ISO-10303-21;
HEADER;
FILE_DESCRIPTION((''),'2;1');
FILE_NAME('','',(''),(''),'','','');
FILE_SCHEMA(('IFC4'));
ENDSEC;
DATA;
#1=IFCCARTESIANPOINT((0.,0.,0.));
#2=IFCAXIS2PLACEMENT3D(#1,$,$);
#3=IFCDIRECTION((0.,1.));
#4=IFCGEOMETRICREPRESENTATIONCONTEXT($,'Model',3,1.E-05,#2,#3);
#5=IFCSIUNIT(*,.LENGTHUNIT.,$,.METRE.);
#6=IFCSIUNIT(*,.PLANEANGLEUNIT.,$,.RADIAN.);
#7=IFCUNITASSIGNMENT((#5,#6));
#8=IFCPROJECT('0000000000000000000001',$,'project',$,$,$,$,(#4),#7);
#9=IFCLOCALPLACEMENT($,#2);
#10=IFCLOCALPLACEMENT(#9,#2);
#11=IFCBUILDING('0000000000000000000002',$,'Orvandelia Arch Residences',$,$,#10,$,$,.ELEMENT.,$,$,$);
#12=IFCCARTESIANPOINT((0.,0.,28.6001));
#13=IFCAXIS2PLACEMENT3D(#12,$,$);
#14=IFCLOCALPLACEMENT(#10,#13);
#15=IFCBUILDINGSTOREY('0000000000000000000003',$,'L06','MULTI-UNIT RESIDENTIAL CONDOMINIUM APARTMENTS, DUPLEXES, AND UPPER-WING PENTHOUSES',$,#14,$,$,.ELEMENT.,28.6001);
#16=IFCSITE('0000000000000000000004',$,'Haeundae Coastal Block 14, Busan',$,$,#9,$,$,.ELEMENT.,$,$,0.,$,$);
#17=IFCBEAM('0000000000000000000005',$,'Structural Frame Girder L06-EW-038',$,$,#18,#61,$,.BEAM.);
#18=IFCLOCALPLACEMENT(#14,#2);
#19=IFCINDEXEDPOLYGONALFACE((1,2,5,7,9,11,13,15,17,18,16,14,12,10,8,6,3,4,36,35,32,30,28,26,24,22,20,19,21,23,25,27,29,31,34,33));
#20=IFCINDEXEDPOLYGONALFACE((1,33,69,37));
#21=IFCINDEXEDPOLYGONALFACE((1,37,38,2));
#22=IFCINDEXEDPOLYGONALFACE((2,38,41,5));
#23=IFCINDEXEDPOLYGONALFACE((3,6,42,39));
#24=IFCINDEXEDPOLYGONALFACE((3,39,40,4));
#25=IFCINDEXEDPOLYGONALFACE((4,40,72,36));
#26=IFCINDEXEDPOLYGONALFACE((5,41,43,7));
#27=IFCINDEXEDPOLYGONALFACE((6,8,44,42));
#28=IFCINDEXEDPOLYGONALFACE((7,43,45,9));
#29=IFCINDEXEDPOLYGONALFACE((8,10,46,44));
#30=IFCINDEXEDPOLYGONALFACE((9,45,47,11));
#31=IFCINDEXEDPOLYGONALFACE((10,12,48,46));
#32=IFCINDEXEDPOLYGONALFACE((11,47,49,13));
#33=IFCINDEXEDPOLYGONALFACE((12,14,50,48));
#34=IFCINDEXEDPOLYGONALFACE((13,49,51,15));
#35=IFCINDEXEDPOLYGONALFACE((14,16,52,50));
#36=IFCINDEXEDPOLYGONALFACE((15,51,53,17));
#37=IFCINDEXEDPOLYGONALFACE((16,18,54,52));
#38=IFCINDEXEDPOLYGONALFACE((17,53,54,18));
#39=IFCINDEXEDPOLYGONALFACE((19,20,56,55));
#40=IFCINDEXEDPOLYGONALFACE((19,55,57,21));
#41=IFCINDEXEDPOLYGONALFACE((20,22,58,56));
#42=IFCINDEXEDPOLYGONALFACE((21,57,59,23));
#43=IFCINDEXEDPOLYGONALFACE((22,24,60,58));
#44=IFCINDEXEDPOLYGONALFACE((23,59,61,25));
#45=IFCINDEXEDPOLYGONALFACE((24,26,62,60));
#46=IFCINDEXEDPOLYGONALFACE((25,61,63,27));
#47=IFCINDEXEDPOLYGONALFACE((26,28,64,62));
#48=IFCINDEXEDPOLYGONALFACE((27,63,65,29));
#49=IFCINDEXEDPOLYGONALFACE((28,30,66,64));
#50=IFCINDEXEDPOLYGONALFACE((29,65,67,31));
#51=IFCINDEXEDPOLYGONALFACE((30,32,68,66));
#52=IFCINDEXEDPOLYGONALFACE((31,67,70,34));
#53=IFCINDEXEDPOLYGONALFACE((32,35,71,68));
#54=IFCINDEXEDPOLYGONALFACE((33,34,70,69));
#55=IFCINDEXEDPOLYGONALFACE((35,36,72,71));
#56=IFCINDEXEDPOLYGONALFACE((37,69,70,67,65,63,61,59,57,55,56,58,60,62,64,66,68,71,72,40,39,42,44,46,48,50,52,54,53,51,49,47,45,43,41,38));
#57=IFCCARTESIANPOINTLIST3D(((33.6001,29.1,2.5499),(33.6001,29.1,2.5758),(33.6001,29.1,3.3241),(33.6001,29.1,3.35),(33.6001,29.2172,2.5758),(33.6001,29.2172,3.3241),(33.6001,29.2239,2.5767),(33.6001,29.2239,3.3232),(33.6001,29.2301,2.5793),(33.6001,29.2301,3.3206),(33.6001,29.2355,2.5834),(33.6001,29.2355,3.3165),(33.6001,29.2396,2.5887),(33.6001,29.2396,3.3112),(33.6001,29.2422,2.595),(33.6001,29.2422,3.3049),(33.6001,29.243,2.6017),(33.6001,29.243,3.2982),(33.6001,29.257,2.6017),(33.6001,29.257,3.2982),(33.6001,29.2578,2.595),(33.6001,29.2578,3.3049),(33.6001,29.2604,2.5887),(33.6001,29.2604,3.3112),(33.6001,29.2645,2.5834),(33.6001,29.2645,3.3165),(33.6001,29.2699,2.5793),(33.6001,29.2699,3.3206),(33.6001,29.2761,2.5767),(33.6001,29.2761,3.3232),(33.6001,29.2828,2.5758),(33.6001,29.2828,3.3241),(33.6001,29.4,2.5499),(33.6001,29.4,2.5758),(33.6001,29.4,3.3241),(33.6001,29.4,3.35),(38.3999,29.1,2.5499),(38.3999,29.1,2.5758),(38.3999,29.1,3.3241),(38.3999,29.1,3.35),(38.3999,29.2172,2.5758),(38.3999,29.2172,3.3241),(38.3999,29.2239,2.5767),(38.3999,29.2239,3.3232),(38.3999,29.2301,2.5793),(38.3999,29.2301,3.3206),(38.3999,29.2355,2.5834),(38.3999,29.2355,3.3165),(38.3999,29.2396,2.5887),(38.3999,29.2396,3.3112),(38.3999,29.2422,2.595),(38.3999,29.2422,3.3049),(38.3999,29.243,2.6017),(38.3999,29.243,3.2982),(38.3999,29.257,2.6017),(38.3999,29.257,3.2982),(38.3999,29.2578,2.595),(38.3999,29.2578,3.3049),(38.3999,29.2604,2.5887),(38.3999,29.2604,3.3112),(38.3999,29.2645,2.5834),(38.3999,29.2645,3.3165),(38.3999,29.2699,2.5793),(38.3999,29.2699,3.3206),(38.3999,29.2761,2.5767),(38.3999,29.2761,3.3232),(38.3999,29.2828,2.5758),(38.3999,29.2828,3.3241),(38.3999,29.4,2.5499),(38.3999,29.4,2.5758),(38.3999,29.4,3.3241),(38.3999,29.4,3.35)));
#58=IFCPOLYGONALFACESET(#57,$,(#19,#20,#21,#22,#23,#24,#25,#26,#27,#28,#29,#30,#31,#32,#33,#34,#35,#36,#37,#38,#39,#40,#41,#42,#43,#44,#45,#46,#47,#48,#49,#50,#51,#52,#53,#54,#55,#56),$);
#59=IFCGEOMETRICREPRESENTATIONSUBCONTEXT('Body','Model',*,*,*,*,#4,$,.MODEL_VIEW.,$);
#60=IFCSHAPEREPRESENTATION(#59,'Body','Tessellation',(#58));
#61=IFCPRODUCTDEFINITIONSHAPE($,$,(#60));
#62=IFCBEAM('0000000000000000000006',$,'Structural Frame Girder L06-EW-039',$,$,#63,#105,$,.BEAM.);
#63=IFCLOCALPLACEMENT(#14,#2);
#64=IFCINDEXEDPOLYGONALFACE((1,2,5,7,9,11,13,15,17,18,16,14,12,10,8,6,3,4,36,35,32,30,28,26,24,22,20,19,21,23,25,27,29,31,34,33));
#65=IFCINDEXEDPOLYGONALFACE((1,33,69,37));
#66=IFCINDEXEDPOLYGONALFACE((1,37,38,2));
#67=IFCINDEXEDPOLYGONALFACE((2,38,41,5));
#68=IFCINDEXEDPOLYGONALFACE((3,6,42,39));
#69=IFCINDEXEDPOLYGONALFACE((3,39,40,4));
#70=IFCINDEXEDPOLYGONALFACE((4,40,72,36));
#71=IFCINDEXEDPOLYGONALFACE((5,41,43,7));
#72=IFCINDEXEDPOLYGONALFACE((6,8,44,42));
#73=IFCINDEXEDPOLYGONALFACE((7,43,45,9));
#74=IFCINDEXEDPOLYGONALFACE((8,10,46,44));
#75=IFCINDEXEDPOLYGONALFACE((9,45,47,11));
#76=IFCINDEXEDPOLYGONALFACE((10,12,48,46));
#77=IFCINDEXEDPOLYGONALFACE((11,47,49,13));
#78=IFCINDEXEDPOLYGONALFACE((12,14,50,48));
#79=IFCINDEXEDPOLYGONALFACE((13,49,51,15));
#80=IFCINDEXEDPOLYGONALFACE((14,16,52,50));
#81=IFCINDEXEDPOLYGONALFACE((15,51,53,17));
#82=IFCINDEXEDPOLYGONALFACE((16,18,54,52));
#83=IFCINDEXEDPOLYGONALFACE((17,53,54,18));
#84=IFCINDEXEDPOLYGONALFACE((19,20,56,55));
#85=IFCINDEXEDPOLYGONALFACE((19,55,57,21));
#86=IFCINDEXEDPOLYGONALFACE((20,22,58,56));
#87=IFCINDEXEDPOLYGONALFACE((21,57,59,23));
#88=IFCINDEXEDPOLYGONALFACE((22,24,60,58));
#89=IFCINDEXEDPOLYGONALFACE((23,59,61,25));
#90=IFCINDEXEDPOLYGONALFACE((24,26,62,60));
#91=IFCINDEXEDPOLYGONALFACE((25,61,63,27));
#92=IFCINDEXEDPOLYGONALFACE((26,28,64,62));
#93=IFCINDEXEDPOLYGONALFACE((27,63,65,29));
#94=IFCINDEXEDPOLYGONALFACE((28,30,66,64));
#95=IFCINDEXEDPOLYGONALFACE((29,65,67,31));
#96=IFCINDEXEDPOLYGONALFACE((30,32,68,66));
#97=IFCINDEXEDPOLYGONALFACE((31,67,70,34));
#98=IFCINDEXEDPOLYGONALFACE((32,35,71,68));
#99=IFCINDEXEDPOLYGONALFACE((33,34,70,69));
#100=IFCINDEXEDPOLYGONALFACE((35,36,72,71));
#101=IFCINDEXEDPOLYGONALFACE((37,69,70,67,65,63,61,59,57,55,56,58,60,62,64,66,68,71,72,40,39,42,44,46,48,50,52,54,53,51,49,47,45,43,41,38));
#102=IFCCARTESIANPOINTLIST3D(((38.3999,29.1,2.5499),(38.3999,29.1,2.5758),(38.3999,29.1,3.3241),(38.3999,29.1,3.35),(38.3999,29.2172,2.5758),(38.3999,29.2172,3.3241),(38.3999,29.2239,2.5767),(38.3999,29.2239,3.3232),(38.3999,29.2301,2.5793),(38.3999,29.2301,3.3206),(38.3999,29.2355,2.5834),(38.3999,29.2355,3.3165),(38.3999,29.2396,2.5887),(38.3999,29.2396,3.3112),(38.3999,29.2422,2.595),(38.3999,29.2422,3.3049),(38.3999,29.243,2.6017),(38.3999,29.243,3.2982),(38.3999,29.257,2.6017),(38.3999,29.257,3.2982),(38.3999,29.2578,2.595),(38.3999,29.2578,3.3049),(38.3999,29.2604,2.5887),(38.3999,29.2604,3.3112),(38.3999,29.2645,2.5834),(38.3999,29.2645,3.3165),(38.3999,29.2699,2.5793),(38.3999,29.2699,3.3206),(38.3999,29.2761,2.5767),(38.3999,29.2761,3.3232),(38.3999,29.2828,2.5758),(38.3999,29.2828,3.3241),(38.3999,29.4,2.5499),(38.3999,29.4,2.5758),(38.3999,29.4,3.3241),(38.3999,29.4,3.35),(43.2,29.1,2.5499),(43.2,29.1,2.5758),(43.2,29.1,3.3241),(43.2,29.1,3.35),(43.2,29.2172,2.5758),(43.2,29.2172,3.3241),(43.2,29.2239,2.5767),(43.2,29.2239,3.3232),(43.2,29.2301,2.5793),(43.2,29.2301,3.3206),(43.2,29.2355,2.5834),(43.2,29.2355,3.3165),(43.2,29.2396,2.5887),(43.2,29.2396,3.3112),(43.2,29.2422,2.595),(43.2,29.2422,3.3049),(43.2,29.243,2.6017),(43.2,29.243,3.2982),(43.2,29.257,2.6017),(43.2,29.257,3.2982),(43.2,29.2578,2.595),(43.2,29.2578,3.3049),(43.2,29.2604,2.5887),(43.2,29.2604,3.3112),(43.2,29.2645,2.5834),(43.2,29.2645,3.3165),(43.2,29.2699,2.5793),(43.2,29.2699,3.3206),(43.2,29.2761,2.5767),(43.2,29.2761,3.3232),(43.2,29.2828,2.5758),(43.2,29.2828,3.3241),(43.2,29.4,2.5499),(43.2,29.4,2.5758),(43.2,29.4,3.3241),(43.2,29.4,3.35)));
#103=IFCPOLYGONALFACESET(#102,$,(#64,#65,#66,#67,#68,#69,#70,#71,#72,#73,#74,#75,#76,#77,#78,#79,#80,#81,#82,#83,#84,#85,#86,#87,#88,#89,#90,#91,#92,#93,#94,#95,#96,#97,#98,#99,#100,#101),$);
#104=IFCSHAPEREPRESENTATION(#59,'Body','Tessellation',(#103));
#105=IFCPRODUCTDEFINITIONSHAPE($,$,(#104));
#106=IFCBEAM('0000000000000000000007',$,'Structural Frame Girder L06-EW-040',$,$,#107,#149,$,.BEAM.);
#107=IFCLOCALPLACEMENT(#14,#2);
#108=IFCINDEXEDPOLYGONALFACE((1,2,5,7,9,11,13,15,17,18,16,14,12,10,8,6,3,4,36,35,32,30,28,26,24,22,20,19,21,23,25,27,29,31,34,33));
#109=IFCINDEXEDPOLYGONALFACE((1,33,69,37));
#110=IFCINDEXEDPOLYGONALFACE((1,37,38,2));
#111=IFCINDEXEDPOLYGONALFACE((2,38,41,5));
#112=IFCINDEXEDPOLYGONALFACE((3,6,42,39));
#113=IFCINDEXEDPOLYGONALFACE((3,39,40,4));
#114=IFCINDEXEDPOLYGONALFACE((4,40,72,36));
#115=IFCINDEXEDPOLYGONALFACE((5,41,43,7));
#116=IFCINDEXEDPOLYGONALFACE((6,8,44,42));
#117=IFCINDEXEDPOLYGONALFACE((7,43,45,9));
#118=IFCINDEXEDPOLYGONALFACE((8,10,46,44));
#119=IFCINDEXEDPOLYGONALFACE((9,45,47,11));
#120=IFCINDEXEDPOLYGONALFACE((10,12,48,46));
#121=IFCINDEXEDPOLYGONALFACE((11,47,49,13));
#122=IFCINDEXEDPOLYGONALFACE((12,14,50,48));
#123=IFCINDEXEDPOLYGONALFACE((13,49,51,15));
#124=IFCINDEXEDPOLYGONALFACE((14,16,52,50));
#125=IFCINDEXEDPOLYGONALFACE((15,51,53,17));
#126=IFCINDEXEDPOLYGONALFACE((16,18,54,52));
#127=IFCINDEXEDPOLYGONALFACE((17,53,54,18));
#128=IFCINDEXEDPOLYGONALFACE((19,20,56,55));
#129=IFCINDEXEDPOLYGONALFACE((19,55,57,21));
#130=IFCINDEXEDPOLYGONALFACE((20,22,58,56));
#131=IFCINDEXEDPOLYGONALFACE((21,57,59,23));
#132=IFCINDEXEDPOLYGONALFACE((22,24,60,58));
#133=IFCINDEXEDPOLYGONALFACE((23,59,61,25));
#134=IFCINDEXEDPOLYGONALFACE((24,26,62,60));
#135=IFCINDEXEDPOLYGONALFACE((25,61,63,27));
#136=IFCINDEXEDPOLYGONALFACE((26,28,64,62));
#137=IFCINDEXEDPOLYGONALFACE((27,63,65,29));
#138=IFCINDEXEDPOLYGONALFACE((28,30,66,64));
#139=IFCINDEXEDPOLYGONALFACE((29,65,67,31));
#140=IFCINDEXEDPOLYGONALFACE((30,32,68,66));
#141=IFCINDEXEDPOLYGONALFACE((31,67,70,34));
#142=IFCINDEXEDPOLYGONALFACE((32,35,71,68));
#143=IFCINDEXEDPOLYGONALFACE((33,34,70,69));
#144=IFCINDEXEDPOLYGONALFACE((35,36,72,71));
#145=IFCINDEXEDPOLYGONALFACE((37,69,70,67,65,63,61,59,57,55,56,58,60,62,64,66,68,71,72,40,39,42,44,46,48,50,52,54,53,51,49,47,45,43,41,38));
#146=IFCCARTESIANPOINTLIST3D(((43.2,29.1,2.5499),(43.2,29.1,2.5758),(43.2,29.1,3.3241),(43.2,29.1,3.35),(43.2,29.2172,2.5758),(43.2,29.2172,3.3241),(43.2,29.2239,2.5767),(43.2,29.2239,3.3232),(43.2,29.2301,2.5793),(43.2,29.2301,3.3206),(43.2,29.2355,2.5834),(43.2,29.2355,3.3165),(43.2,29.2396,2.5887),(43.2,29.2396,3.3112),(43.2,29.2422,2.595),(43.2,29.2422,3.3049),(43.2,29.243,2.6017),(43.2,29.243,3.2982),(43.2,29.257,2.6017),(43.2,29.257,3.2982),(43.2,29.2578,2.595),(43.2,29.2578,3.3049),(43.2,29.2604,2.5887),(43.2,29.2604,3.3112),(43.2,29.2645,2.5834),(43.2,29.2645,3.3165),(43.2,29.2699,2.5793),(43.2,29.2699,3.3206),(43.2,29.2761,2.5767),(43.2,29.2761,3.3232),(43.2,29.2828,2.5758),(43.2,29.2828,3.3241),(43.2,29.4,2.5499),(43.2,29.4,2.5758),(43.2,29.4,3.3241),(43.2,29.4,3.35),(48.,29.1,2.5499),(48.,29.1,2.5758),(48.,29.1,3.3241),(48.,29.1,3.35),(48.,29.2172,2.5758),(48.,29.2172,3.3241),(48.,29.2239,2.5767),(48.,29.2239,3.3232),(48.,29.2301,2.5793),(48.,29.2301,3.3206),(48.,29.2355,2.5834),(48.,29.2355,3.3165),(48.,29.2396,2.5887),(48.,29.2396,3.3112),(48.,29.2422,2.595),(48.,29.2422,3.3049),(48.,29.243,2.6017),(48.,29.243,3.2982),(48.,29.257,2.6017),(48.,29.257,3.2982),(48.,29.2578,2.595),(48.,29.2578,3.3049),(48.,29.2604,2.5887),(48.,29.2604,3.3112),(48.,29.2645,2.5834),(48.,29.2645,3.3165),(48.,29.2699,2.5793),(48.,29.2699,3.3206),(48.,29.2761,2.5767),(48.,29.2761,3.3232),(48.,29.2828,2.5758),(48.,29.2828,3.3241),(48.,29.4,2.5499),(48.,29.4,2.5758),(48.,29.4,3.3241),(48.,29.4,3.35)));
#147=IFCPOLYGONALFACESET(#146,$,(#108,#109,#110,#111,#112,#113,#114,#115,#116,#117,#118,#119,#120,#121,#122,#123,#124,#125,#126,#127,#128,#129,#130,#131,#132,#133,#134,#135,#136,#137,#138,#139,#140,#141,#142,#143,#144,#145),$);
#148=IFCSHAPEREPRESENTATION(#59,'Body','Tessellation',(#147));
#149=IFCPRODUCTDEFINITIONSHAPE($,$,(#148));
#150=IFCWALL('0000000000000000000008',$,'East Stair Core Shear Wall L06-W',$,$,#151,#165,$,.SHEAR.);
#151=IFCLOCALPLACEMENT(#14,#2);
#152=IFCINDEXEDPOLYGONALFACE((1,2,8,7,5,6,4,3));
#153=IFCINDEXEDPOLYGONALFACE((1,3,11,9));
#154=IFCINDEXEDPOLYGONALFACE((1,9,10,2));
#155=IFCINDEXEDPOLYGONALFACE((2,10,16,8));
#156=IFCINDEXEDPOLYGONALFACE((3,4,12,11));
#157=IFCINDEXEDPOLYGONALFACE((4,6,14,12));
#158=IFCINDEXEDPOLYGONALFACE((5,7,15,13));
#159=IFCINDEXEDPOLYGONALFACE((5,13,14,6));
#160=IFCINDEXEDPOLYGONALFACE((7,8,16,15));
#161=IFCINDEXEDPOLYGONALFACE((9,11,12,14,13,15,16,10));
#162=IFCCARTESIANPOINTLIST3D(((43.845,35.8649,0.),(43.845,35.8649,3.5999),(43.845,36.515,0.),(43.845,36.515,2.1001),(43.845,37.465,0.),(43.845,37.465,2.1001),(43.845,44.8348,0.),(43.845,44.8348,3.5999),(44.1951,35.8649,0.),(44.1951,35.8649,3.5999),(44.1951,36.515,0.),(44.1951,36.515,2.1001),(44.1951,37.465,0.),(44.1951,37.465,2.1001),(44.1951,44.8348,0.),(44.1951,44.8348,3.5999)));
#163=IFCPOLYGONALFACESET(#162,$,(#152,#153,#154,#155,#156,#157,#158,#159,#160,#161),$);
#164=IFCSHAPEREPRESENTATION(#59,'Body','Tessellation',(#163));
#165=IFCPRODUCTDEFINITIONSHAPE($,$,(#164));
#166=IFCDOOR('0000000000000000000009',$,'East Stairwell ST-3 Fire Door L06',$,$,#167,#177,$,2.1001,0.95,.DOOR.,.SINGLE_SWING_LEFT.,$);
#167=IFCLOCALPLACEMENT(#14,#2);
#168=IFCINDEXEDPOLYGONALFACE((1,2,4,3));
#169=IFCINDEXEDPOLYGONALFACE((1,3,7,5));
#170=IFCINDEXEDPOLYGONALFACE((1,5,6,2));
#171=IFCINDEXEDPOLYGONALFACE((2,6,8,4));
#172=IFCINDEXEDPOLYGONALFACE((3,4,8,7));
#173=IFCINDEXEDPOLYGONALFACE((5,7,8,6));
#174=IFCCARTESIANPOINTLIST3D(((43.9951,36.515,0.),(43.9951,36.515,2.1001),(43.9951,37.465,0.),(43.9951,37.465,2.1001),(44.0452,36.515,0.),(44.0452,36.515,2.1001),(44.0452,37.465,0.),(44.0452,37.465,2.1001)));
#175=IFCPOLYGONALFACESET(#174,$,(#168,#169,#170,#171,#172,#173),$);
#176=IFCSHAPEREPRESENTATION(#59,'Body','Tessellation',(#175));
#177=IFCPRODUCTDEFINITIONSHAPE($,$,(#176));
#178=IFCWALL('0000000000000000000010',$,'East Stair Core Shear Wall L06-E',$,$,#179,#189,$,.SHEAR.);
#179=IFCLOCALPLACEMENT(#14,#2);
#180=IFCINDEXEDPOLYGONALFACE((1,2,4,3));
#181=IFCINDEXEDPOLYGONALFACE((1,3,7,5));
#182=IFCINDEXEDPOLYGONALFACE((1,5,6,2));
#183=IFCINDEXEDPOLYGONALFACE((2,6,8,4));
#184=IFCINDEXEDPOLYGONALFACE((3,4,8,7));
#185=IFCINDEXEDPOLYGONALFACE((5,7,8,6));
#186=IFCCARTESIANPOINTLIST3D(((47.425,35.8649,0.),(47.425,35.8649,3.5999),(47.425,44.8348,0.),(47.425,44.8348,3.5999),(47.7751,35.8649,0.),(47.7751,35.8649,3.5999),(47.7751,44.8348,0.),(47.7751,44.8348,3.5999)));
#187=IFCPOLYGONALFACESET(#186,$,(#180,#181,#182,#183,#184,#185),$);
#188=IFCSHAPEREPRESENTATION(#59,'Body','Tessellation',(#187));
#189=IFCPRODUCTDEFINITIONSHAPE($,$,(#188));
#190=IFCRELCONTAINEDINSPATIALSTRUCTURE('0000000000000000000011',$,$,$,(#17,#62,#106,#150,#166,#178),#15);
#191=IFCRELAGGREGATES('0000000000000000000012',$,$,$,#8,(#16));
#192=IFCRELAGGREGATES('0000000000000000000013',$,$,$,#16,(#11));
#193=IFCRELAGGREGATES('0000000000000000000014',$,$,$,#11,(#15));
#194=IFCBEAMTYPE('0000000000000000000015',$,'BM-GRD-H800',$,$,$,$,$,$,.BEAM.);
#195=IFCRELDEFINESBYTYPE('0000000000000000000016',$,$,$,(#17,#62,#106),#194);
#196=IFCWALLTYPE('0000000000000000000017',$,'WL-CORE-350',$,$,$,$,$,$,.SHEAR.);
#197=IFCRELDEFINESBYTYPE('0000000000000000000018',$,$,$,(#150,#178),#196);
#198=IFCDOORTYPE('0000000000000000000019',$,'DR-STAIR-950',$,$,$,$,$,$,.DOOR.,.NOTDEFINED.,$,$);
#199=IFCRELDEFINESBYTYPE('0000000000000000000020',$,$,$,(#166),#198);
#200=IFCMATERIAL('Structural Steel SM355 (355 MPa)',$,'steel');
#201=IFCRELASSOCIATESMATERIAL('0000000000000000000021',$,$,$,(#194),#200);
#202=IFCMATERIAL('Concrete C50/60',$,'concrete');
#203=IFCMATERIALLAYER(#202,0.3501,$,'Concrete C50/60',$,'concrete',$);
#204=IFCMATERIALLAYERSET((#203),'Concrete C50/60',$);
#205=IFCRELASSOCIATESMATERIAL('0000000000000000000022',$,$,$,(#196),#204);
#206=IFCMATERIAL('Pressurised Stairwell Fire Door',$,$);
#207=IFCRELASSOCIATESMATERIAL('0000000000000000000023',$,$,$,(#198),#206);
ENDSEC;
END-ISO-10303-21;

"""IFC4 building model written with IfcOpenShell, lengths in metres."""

from ifc_helpers import new_model, si_unit, direction, frame, frame_2d, origin, origin_2d, place, context, subcontext, project, spatial, rectangle, i_section, extrude, material, layer, layer_set, material_profile, profile_set, type_object, element, fill, save


model = new_model("IFC4")

# Units and contexts
model_context = context("Model", 3, precision=1e-05, world=origin(), true_north=direction((0.0, 1.0)))
body_context = subcontext(model_context, "Body", "Model", "MODEL_VIEW")
ifc_project = project(units=[si_unit("LENGTHUNIT", "METRE"), si_unit("PLANEANGLEUNIT", "RADIAN")], contexts=[model_context])

# Site, building, storey
site_placement = place(None, origin())
site = spatial("IfcSite", under=ifc_project, at=site_placement, Name="Haeundae Coastal Block 14, Busan", CompositionType="ELEMENT", RefElevation=0.0)
building_placement = place(site_placement, origin())
building = spatial("IfcBuilding", under=site, at=building_placement, Name="Orvandelia Arch Residences", CompositionType="ELEMENT")
storey_placement = place(building_placement, frame((0.0, 0.0, 28.6001)))
storey = spatial("IfcBuildingStorey", under=building, at=storey_placement, Name="L06", Description="MULTI-UNIT RESIDENTIAL CONDOMINIUM APARTMENTS, DUPLEXES, AND UPPER-WING PENTHOUSES", CompositionType="ELEMENT", Elevation=28.6001)

# Beams
ifc_material_1 = material(Name="Structural Steel SM355 (355 MPa)", Category="steel")
ifc_material_profile_1 = material_profile(ifc_material_1, i_section(OverallWidth=0.3, OverallDepth=0.8, WebThickness=0.0139, FlangeThickness=0.0259, FilletRadius=0.0259, at=origin_2d()), Name="Structural Steel SM355 (355 MPa)", Category="steel")
ifc_profile_set_1 = profile_set([ifc_material_profile_1], Name="Structural Steel SM355 (355 MPa)")
beam_type = type_object("IfcBeamType", Name="BM-GRD-H800", PredefinedType="BEAM", material=ifc_profile_set_1)
beam_placement = place(storey_placement, frame((33.6001, 29.25, 2.95), z_axis=(1.0, 0.0, 0.0), x_axis=(0.0, 1.0, 0.0)))
element("IfcBeam", 1, at=beam_placement, inside=storey, type_object=beam_type, Name="Structural Frame Girder L06-EW-038", PredefinedType="BEAM", context=body_context, shape_type="SweptSolid", body=[
    extrude(i_section(OverallWidth=0.3, OverallDepth=0.8, WebThickness=0.0139, FlangeThickness=0.0259, FilletRadius=0.0259, at=origin_2d()), origin(), (0.0, 0.0, 1.0), 4.7998),
])
for number, where, z_axis, x_axis, name in (
    (2, (38.3999, 29.25, 2.95), (1.0, 0.0, 0.0), (0.0, 1.0, 0.0), "Structural Frame Girder L06-EW-039"),
    (3, (43.2, 29.25, 2.95), (1.0, 0.0, 0.0), (0.0, 1.0, 0.0), "Structural Frame Girder L06-EW-040"),
):
    element("IfcBeam", number, at=place(storey_placement, frame(where, z_axis=z_axis, x_axis=x_axis)), inside=storey, type_object=beam_type, Name=name, PredefinedType="BEAM", context=body_context, shape_type="SweptSolid", body=[
        extrude(i_section(OverallWidth=0.3, OverallDepth=0.8, WebThickness=0.0139, FlangeThickness=0.0259, FilletRadius=0.0259, at=origin_2d()), origin(), (0.0, 0.0, 1.0), 4.8),
    ])

# Wall, opening, door
ifc_material_2 = material(Name="Concrete C50/60", Category="concrete")
ifc_layer_1 = layer(ifc_material_2, 0.3501, Name="Concrete C50/60", Category="concrete")
ifc_layer_set_1 = layer_set([ifc_layer_1], Name="Concrete C50/60")
wall_type_1 = type_object("IfcWallType", Name="WL-CORE-350", PredefinedType="SHEAR", material=ifc_layer_set_1)
wall_1_placement = place(storey_placement, frame((44.02, 35.865, 0.0), z_axis=(0.0, 0.0, 1.0), x_axis=(0.0, 1.0, 0.0)))
wall_1 = element("IfcWall", 4, at=wall_1_placement, inside=storey, type_object=wall_type_1, Name="East Stair Core Shear Wall L06-W", PredefinedType="SHEAR", context=body_context, shape_type="SweptSolid", body=[
    extrude(rectangle(XDim=8.97, YDim=0.3501, at=frame_2d((4.4849, 0.0))), origin(), (0.0, 0.0, 1.0), 3.5999),
])
opening_1_placement = place(wall_1_placement, frame((0.6499, 0.0, 0.0)))
opening_1 = element("IfcOpeningElement", 5, at=opening_1_placement, cuts=wall_1, PredefinedType="OPENING", context=body_context, shape_type="SweptSolid", body=[
    extrude(rectangle(XDim=0.95, YDim=2.1001, at=frame_2d((0.4751, 1.05))), frame((0.0, 0.1851, 0.0), z_axis=(0.0, -1.0, 0.0), x_axis=(1.0, 0.0, 0.0)), (0.0, 0.0, 1.0), 0.3701),
])
ifc_material_3 = material(Name="Pressurised Stairwell Fire Door")
door_type_1 = type_object("IfcDoorType", Name="DR-STAIR-950", OperationType="NOTDEFINED", PredefinedType="DOOR", material=ifc_material_3)
door_1_placement = place(opening_1_placement, origin())
door_1 = element("IfcDoor", 6, at=door_1_placement, inside=storey, type_object=door_type_1, Name="East Stairwell ST-3 Fire Door L06", OperationType="SINGLE_SWING_LEFT", OverallHeight=2.1001, OverallWidth=0.95, PredefinedType="DOOR", context=body_context, shape_type="SweptSolid", body=[
    extrude(rectangle(XDim=0.95, YDim=2.1001, at=frame_2d((0.4751, 1.05))), frame((0.0, 0.0249, 0.0), z_axis=(0.0, -1.0, 0.0), x_axis=(1.0, 0.0, 0.0)), (0.0, 0.0, 1.0), 0.05),
])
fill(opening_1, door_1)

# Wall
wall_2_placement = place(storey_placement, frame((47.6001, 35.865, 0.0), z_axis=(0.0, 0.0, 1.0), x_axis=(0.0, 1.0, 0.0)))
element("IfcWall", 7, at=wall_2_placement, inside=storey, type_object=wall_type_1, Name="East Stair Core Shear Wall L06-E", PredefinedType="SHEAR", context=body_context, shape_type="SweptSolid", body=[
    extrude(rectangle(XDim=8.97, YDim=0.3501, at=frame_2d((4.4849, 0.0))), origin(), (0.0, 0.0, 1.0), 3.5999),
])

save(model, "model.ifc")
